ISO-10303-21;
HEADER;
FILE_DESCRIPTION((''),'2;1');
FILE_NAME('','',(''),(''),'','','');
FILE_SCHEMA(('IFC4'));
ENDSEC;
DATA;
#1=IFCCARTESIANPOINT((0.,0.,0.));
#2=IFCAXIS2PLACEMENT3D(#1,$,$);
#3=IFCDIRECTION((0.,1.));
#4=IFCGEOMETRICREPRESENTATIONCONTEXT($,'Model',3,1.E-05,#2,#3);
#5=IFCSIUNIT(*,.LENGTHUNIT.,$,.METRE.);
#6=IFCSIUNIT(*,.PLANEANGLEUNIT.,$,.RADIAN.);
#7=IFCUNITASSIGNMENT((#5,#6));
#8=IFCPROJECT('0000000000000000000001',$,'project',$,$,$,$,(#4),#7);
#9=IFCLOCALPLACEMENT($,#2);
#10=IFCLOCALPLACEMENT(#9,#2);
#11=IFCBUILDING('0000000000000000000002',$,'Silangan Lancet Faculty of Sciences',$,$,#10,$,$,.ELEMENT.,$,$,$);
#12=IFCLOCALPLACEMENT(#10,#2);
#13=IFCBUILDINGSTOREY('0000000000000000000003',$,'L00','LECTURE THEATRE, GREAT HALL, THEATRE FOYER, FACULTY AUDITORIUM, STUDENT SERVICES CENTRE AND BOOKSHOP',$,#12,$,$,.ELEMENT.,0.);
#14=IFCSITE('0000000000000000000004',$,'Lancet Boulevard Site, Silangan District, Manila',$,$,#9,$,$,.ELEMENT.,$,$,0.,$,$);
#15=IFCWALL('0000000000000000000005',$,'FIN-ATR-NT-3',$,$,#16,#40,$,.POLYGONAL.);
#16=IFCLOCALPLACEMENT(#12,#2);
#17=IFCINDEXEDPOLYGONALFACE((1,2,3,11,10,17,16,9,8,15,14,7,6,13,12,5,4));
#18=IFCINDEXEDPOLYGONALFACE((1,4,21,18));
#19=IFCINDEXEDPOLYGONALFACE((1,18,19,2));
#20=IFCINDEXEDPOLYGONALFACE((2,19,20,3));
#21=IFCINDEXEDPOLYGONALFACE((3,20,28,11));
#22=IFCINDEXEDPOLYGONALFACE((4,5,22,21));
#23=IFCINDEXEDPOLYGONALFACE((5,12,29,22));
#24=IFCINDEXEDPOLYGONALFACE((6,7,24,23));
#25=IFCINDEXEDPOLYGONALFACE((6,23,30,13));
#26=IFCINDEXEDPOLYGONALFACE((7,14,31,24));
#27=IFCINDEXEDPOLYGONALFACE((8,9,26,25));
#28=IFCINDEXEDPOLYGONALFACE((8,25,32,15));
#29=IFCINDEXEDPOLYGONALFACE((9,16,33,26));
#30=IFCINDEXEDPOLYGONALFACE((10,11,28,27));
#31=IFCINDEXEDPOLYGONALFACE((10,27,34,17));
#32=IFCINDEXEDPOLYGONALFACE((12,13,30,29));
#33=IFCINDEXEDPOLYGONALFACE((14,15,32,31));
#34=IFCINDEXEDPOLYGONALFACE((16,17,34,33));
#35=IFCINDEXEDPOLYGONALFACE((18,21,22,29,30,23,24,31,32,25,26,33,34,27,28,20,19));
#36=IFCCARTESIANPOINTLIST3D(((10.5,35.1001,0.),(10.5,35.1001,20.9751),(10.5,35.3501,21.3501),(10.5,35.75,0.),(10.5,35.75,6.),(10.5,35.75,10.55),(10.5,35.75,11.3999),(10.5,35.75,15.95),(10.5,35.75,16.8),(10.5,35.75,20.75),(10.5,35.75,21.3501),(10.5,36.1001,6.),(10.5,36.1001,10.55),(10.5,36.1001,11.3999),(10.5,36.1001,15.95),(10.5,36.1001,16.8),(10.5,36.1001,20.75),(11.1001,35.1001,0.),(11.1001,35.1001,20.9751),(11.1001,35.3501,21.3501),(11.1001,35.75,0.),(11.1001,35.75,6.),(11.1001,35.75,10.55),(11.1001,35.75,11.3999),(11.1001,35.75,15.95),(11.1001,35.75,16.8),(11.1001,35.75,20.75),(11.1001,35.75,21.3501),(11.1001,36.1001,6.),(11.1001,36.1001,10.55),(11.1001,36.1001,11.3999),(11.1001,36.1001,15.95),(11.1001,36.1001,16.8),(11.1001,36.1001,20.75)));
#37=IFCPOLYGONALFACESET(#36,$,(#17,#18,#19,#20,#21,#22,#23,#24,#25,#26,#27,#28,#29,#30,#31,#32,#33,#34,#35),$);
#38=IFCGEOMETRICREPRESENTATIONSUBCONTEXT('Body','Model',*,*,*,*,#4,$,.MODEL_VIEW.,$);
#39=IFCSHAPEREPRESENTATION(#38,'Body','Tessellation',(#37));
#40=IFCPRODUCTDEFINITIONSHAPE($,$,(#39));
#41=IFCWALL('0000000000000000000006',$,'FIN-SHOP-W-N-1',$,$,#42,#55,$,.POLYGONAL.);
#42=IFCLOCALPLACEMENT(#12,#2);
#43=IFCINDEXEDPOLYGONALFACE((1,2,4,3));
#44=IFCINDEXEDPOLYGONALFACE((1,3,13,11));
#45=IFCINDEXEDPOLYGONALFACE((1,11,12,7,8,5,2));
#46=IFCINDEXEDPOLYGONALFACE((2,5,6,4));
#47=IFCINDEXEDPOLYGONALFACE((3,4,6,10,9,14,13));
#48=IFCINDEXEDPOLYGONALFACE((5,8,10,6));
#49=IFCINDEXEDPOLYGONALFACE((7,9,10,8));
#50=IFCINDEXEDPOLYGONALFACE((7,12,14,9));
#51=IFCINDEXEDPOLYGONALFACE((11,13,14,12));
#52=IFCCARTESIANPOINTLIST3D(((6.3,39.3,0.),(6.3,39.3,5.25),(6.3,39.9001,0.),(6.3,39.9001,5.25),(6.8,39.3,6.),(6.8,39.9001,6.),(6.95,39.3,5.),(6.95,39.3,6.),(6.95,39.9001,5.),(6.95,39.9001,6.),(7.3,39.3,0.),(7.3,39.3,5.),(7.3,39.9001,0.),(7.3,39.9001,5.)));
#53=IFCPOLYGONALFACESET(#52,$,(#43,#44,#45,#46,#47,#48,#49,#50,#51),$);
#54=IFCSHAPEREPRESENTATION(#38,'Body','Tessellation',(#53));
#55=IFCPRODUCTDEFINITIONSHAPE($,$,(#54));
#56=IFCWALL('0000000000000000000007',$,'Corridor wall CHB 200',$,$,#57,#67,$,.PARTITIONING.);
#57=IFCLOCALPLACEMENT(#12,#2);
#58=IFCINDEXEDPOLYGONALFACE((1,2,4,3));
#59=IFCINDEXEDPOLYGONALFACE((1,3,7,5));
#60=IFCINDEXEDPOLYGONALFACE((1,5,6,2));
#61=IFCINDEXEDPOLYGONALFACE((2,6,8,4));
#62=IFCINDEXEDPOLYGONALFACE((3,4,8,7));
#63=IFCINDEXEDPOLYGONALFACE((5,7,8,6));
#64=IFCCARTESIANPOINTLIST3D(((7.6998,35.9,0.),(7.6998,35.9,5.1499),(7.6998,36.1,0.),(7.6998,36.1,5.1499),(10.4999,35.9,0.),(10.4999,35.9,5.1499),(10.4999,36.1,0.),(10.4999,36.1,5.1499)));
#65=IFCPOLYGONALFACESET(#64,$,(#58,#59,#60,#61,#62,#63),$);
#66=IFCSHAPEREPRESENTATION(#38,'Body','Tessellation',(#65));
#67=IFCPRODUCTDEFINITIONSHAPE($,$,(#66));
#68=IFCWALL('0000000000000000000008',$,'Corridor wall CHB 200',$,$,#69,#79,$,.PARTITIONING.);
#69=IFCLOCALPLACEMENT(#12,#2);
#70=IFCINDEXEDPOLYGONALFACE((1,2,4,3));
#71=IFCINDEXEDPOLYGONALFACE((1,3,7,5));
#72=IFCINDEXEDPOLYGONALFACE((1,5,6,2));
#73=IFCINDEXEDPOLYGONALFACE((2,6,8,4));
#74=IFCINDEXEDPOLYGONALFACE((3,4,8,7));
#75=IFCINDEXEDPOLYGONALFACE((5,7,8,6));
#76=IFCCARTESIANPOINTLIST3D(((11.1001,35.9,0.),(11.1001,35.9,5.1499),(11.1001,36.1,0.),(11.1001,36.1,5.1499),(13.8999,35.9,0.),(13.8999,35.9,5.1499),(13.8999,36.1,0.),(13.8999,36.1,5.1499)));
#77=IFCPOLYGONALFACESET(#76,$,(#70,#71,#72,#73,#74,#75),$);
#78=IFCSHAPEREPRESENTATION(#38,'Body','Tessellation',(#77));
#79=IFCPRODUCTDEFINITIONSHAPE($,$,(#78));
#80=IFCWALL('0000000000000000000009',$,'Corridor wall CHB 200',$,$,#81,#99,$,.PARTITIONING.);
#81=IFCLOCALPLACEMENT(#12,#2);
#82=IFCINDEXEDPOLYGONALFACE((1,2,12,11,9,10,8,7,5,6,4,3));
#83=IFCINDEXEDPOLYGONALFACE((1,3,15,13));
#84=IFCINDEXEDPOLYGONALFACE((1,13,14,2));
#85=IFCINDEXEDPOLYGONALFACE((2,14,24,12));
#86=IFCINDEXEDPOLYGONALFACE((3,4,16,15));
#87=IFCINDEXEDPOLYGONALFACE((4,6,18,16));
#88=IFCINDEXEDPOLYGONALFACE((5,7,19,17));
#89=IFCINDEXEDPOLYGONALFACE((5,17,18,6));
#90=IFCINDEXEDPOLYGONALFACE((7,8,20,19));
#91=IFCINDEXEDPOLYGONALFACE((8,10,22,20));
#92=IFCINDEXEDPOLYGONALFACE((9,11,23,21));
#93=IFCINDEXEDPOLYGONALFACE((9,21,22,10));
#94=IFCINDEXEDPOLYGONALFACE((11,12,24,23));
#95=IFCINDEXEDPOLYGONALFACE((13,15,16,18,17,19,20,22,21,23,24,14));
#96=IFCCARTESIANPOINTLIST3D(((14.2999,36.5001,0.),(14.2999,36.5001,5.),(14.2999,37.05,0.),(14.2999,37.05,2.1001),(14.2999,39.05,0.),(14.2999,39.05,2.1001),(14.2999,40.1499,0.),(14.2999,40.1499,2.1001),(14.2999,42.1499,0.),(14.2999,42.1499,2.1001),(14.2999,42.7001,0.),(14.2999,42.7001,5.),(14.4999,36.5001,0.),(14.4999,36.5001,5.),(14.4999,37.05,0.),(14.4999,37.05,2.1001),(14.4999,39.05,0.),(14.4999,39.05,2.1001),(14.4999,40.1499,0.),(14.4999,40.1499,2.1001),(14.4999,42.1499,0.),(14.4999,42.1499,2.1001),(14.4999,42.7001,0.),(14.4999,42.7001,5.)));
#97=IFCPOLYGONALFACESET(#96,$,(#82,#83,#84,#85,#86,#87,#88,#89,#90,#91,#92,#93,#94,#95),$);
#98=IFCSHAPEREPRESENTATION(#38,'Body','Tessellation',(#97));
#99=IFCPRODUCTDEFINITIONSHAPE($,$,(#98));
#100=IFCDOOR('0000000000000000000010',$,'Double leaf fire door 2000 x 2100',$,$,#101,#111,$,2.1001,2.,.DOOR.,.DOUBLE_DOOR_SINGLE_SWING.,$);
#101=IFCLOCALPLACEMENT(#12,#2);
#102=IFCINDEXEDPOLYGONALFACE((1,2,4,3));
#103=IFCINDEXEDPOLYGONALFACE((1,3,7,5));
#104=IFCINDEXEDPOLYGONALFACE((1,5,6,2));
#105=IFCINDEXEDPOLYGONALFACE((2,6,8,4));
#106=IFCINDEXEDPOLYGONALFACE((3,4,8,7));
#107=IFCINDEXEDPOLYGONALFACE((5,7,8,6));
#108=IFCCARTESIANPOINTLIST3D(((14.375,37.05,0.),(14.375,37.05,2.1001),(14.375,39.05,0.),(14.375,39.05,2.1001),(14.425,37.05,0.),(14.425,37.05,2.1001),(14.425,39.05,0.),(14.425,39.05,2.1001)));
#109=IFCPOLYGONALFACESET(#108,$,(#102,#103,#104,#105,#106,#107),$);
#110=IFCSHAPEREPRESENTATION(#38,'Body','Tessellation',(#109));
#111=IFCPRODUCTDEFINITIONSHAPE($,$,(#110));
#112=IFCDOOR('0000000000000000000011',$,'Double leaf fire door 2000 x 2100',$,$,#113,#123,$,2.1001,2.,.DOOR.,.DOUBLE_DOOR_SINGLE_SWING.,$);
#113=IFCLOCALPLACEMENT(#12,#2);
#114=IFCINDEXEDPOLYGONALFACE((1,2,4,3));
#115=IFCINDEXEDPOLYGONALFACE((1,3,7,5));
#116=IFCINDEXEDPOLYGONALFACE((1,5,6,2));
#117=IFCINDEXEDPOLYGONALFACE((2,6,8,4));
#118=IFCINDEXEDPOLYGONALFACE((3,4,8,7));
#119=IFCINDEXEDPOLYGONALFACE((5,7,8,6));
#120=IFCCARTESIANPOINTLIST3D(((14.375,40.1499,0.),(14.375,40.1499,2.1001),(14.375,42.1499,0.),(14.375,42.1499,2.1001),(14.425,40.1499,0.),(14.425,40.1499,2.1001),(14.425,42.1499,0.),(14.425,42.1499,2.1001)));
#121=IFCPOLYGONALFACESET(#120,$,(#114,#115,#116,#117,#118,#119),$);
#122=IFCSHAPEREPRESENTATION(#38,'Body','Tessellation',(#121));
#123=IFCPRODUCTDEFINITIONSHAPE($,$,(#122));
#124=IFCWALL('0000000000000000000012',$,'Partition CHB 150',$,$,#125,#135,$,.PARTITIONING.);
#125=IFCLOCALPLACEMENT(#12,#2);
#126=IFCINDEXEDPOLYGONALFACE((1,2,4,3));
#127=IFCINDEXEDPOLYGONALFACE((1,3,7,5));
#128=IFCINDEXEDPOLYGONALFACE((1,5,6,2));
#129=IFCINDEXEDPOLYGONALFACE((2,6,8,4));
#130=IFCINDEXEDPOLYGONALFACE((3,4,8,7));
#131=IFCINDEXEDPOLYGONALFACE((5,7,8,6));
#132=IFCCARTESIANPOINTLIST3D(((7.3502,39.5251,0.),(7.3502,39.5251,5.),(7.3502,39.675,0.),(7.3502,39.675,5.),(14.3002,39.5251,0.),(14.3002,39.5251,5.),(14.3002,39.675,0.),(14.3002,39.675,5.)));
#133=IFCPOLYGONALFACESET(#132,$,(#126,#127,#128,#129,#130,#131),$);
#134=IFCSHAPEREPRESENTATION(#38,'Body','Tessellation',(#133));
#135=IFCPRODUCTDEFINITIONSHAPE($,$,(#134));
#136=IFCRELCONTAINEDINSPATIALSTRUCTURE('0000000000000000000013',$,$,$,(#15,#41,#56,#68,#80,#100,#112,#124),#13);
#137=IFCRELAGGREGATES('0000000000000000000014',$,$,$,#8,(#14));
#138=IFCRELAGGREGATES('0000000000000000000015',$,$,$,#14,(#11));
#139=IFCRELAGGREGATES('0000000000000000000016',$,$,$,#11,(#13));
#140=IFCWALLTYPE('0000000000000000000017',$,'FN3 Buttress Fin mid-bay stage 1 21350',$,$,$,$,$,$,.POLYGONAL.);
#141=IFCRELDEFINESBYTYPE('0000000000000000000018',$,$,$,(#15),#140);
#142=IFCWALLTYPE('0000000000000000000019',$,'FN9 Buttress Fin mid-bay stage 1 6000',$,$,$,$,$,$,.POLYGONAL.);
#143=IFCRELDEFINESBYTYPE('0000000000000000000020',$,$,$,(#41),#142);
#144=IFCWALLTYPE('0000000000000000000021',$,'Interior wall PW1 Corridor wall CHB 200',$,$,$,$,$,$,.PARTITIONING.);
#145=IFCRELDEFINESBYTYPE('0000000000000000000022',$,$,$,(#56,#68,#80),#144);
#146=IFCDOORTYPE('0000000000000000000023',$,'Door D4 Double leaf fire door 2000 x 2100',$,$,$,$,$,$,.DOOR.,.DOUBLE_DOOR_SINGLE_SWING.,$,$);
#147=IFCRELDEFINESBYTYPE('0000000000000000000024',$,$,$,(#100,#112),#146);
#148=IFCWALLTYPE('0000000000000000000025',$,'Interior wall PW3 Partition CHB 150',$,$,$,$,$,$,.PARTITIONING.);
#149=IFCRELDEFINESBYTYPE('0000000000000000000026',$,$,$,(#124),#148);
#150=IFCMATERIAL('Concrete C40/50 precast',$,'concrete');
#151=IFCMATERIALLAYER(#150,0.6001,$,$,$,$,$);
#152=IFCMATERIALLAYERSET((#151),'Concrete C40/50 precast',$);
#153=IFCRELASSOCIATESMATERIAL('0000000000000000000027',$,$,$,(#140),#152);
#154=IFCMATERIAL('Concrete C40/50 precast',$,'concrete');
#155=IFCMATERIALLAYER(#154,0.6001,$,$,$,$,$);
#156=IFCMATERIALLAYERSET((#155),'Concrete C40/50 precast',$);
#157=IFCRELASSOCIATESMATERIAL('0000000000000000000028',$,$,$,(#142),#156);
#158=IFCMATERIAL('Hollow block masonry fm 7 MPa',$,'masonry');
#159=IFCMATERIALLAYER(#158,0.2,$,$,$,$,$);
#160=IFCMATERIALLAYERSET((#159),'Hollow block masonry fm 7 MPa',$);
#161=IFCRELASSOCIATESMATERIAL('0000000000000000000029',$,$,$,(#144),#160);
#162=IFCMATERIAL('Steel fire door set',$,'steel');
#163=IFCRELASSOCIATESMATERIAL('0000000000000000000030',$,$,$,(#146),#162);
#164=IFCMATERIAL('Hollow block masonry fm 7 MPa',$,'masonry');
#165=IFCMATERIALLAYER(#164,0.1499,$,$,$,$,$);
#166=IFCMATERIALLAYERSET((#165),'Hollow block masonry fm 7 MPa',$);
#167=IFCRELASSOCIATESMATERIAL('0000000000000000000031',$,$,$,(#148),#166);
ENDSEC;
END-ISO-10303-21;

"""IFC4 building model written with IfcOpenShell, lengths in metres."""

from ifc_helpers import new_model, si_unit, direction, frame, frame_2d, origin, place, context, subcontext, project, spatial, polyline, rectangle, outline, extrude, material, layer, layer_set, type_object, element, fill, save


model = new_model("IFC4")

# Units and contexts
model_context = context("Model", 3, precision=1e-05, world=origin(), true_north=direction((0.0, 1.0)))
body_context = subcontext(model_context, "Body", "Model", "MODEL_VIEW")
ifc_project = project(units=[si_unit("LENGTHUNIT", "METRE"), si_unit("PLANEANGLEUNIT", "RADIAN")], contexts=[model_context])

# Site, building, storey
site_placement = place(None, origin())
site = spatial("IfcSite", under=ifc_project, at=site_placement, Name="Lancet Boulevard Site, Silangan District, Manila", CompositionType="ELEMENT", RefElevation=0.0)
building_placement = place(site_placement, origin())
building = spatial("IfcBuilding", under=site, at=building_placement, Name="Silangan Lancet Faculty of Sciences", CompositionType="ELEMENT")
storey_placement = place(building_placement, origin())
storey = spatial("IfcBuildingStorey", under=building, at=storey_placement, Name="L00", Description="LECTURE THEATRE, GREAT HALL, THEATRE FOYER, FACULTY AUDITORIUM, STUDENT SERVICES CENTRE AND BOOKSHOP", CompositionType="ELEMENT", Elevation=0.0)

# Walls
ifc_material_1 = material(Name="Concrete C40/50 precast", Category="concrete")
ifc_layer_1 = layer(ifc_material_1, 0.6001)
ifc_layer_set_1 = layer_set([ifc_layer_1], Name="Concrete C40/50 precast")
wall_type_1 = type_object("IfcWallType", Name="FN3 Buttress Fin mid-bay stage 1 21350", PredefinedType="POLYGONAL", material=ifc_layer_set_1)
wall_1_placement = place(storey_placement, frame((10.8, 36.1001, 0.0), z_axis=(0.0, 0.0, 1.0), x_axis=(0.0, -1.0, 0.0)))
element("IfcWall", 1, at=wall_1_placement, inside=storey, type_object=wall_type_1, Name="FIN-ATR-NT-3", PredefinedType="POLYGONAL", context=body_context, shape_type="SweptSolid", body=[
    extrude(outline(polyline([(1.0, 0.0), (1.0, 20.9751), (0.75, 21.3501), (0.3501, 21.3501), (0.3501, 20.75), (0.0, 20.75), (0.0, 16.8), (0.3501, 16.8), (0.3501, 15.95), (0.0, 15.95), (0.0, 11.3999), (0.3501, 11.3999), (0.3501, 10.55), (0.0, 10.55), (0.0, 6.0), (0.3501, 6.0), (0.3501, 0.0), (1.0, 0.0)])), frame((0.0, 0.3, 0.0), z_axis=(0.0, -1.0, 0.0), x_axis=(1.0, 0.0, 0.0)), (0.0, 0.0, 1.0), 0.6001),
])
ifc_material_2 = material(Name="Concrete C40/50 precast", Category="concrete")
ifc_layer_2 = layer(ifc_material_2, 0.6001)
ifc_layer_set_2 = layer_set([ifc_layer_2], Name="Concrete C40/50 precast")
wall_type_2 = type_object("IfcWallType", Name="FN9 Buttress Fin mid-bay stage 1 6000", PredefinedType="POLYGONAL", material=ifc_layer_set_2)
wall_2_placement = place(storey_placement, frame((7.3, 39.6001, 0.0), z_axis=(0.0, 0.0, 1.0), x_axis=(-1.0, 0.0, 0.0)))
element("IfcWall", 2, at=wall_2_placement, inside=storey, type_object=wall_type_2, Name="FIN-SHOP-W-N-1", PredefinedType="POLYGONAL", context=body_context, shape_type="SweptSolid", body=[
    extrude(outline(polyline([(1.0, 0.0), (1.0, 5.25), (0.5, 6.0), (0.3501, 6.0), (0.3501, 5.0), (0.0, 5.0), (0.0, 0.0), (1.0, 0.0)])), frame((0.0, 0.3, 0.0), z_axis=(0.0, -1.0, 0.0), x_axis=(1.0, 0.0, 0.0)), (0.0, 0.0, 1.0), 0.6001),
])
ifc_material_3 = material(Name="Hollow block masonry fm 7 MPa", Category="masonry")
ifc_layer_3 = layer(ifc_material_3, 0.2)
ifc_layer_set_3 = layer_set([ifc_layer_3], Name="Hollow block masonry fm 7 MPa")
wall_type_3 = type_object("IfcWallType", Name="Interior wall PW1 Corridor wall CHB 200", PredefinedType="PARTITIONING", material=ifc_layer_set_3)
wall_3_placement = place(storey_placement, frame((7.7, 36.0, 0.0), z_axis=(0.0, 0.0, 1.0), x_axis=(1.0, 0.0, 0.0)))
element("IfcWall", 3, at=wall_3_placement, inside=storey, type_object=wall_type_3, Name="Corridor wall CHB 200", PredefinedType="PARTITIONING", context=body_context, shape_type="SweptSolid", body=[
    extrude(rectangle(XDim=2.8, YDim=0.2, at=frame_2d((1.3999, 0.0))), origin(), (0.0, 0.0, 1.0), 5.1499),
])
wall_4_placement = place(storey_placement, frame((11.1001, 36.0, 0.0), z_axis=(0.0, 0.0, 1.0), x_axis=(1.0, 0.0, 0.0)))
element("IfcWall", 4, at=wall_4_placement, inside=storey, type_object=wall_type_3, Name="Corridor wall CHB 200", PredefinedType="PARTITIONING", context=body_context, shape_type="SweptSolid", body=[
    extrude(rectangle(XDim=2.7998, YDim=0.2, at=frame_2d((1.3999, 0.0))), origin(), (0.0, 0.0, 1.0), 5.1499),
])

# Wall, openings, doors
wall_5_placement = place(storey_placement, frame((14.3999, 36.5, 0.0), z_axis=(0.0, 0.0, 1.0), x_axis=(0.0, 1.0, 0.0)))
wall_5 = element("IfcWall", 5, at=wall_5_placement, inside=storey, type_object=wall_type_3, Name="Corridor wall CHB 200", PredefinedType="PARTITIONING", context=body_context, shape_type="SweptSolid", body=[
    extrude(rectangle(XDim=6.2, YDim=0.2, at=frame_2d((3.1001, 0.0))), origin(), (0.0, 0.0, 1.0), 5.0),
])
opening_1_placement = place(wall_5_placement, frame((0.55, 0.0, 0.0)))
opening_1 = element("IfcOpeningElement", 6, at=opening_1_placement, cuts=wall_5, PredefinedType="OPENING", context=body_context, shape_type="SweptSolid", body=[
    extrude(rectangle(XDim=2.0, YDim=2.1001, at=frame_2d((1.0, 1.05))), frame((0.0, 0.1099, 0.0), z_axis=(0.0, -1.0, 0.0), x_axis=(1.0, 0.0, 0.0)), (0.0, 0.0, 1.0), 0.22),
])
opening_2_placement = place(wall_5_placement, frame((3.6499, 0.0, 0.0)))
opening_2 = element("IfcOpeningElement", 7, at=opening_2_placement, cuts=wall_5, PredefinedType="OPENING", context=body_context, shape_type="SweptSolid", body=[
    extrude(rectangle(XDim=2.0, YDim=2.1001, at=frame_2d((1.0, 1.05))), frame((0.0, 0.1099, 0.0), z_axis=(0.0, -1.0, 0.0), x_axis=(1.0, 0.0, 0.0)), (0.0, 0.0, 1.0), 0.22),
])
ifc_material_4 = material(Name="Steel fire door set", Category="steel")
door_type = type_object("IfcDoorType", Name="Door D4 Double leaf fire door 2000 x 2100", OperationType="DOUBLE_DOOR_SINGLE_SWING", PredefinedType="DOOR", material=ifc_material_4)
door_1_placement = place(opening_1_placement, origin())
door_1 = element("IfcDoor", 8, at=door_1_placement, inside=storey, type_object=door_type, Name="Double leaf fire door 2000 x 2100", OperationType="DOUBLE_DOOR_SINGLE_SWING", OverallHeight=2.1001, OverallWidth=2.0, PredefinedType="DOOR", context=body_context, shape_type="SweptSolid", body=[
    extrude(rectangle(XDim=2.0, YDim=2.1001, at=frame_2d((1.0, 1.05))), frame((0.0, 0.0249, 0.0), z_axis=(0.0, -1.0, 0.0), x_axis=(1.0, 0.0, 0.0)), (0.0, 0.0, 1.0), 0.05),
])
fill(opening_1, door_1)
door_2_placement = place(opening_2_placement, origin())
door_2 = element("IfcDoor", 9, at=door_2_placement, inside=storey, type_object=door_type, Name="Double leaf fire door 2000 x 2100", OperationType="DOUBLE_DOOR_SINGLE_SWING", OverallHeight=2.1001, OverallWidth=2.0, PredefinedType="DOOR", context=body_context, shape_type="SweptSolid", body=[
    extrude(rectangle(XDim=2.0, YDim=2.1001, at=frame_2d((1.0, 1.05))), frame((0.0, 0.0249, 0.0), z_axis=(0.0, -1.0, 0.0), x_axis=(1.0, 0.0, 0.0)), (0.0, 0.0, 1.0), 0.05),
])
fill(opening_2, door_2)

# Wall
ifc_material_5 = material(Name="Hollow block masonry fm 7 MPa", Category="masonry")
ifc_layer_4 = layer(ifc_material_5, 0.1499)
ifc_layer_set_4 = layer_set([ifc_layer_4], Name="Hollow block masonry fm 7 MPa")
wall_type_4 = type_object("IfcWallType", Name="Interior wall PW3 Partition CHB 150", PredefinedType="PARTITIONING", material=ifc_layer_set_4)
wall_6_placement = place(storey_placement, frame((7.3501, 39.6001, 0.0), z_axis=(0.0, 0.0, 1.0), x_axis=(1.0, 0.0, 0.0)))
element("IfcWall", 10, at=wall_6_placement, inside=storey, type_object=wall_type_4, Name="Partition CHB 150", PredefinedType="PARTITIONING", context=body_context, shape_type="SweptSolid", body=[
    extrude(rectangle(XDim=6.95, YDim=0.1499, at=frame_2d((3.4751, 0.0))), origin(), (0.0, 0.0, 1.0), 5.0),
])

save(model, "model.ifc")
